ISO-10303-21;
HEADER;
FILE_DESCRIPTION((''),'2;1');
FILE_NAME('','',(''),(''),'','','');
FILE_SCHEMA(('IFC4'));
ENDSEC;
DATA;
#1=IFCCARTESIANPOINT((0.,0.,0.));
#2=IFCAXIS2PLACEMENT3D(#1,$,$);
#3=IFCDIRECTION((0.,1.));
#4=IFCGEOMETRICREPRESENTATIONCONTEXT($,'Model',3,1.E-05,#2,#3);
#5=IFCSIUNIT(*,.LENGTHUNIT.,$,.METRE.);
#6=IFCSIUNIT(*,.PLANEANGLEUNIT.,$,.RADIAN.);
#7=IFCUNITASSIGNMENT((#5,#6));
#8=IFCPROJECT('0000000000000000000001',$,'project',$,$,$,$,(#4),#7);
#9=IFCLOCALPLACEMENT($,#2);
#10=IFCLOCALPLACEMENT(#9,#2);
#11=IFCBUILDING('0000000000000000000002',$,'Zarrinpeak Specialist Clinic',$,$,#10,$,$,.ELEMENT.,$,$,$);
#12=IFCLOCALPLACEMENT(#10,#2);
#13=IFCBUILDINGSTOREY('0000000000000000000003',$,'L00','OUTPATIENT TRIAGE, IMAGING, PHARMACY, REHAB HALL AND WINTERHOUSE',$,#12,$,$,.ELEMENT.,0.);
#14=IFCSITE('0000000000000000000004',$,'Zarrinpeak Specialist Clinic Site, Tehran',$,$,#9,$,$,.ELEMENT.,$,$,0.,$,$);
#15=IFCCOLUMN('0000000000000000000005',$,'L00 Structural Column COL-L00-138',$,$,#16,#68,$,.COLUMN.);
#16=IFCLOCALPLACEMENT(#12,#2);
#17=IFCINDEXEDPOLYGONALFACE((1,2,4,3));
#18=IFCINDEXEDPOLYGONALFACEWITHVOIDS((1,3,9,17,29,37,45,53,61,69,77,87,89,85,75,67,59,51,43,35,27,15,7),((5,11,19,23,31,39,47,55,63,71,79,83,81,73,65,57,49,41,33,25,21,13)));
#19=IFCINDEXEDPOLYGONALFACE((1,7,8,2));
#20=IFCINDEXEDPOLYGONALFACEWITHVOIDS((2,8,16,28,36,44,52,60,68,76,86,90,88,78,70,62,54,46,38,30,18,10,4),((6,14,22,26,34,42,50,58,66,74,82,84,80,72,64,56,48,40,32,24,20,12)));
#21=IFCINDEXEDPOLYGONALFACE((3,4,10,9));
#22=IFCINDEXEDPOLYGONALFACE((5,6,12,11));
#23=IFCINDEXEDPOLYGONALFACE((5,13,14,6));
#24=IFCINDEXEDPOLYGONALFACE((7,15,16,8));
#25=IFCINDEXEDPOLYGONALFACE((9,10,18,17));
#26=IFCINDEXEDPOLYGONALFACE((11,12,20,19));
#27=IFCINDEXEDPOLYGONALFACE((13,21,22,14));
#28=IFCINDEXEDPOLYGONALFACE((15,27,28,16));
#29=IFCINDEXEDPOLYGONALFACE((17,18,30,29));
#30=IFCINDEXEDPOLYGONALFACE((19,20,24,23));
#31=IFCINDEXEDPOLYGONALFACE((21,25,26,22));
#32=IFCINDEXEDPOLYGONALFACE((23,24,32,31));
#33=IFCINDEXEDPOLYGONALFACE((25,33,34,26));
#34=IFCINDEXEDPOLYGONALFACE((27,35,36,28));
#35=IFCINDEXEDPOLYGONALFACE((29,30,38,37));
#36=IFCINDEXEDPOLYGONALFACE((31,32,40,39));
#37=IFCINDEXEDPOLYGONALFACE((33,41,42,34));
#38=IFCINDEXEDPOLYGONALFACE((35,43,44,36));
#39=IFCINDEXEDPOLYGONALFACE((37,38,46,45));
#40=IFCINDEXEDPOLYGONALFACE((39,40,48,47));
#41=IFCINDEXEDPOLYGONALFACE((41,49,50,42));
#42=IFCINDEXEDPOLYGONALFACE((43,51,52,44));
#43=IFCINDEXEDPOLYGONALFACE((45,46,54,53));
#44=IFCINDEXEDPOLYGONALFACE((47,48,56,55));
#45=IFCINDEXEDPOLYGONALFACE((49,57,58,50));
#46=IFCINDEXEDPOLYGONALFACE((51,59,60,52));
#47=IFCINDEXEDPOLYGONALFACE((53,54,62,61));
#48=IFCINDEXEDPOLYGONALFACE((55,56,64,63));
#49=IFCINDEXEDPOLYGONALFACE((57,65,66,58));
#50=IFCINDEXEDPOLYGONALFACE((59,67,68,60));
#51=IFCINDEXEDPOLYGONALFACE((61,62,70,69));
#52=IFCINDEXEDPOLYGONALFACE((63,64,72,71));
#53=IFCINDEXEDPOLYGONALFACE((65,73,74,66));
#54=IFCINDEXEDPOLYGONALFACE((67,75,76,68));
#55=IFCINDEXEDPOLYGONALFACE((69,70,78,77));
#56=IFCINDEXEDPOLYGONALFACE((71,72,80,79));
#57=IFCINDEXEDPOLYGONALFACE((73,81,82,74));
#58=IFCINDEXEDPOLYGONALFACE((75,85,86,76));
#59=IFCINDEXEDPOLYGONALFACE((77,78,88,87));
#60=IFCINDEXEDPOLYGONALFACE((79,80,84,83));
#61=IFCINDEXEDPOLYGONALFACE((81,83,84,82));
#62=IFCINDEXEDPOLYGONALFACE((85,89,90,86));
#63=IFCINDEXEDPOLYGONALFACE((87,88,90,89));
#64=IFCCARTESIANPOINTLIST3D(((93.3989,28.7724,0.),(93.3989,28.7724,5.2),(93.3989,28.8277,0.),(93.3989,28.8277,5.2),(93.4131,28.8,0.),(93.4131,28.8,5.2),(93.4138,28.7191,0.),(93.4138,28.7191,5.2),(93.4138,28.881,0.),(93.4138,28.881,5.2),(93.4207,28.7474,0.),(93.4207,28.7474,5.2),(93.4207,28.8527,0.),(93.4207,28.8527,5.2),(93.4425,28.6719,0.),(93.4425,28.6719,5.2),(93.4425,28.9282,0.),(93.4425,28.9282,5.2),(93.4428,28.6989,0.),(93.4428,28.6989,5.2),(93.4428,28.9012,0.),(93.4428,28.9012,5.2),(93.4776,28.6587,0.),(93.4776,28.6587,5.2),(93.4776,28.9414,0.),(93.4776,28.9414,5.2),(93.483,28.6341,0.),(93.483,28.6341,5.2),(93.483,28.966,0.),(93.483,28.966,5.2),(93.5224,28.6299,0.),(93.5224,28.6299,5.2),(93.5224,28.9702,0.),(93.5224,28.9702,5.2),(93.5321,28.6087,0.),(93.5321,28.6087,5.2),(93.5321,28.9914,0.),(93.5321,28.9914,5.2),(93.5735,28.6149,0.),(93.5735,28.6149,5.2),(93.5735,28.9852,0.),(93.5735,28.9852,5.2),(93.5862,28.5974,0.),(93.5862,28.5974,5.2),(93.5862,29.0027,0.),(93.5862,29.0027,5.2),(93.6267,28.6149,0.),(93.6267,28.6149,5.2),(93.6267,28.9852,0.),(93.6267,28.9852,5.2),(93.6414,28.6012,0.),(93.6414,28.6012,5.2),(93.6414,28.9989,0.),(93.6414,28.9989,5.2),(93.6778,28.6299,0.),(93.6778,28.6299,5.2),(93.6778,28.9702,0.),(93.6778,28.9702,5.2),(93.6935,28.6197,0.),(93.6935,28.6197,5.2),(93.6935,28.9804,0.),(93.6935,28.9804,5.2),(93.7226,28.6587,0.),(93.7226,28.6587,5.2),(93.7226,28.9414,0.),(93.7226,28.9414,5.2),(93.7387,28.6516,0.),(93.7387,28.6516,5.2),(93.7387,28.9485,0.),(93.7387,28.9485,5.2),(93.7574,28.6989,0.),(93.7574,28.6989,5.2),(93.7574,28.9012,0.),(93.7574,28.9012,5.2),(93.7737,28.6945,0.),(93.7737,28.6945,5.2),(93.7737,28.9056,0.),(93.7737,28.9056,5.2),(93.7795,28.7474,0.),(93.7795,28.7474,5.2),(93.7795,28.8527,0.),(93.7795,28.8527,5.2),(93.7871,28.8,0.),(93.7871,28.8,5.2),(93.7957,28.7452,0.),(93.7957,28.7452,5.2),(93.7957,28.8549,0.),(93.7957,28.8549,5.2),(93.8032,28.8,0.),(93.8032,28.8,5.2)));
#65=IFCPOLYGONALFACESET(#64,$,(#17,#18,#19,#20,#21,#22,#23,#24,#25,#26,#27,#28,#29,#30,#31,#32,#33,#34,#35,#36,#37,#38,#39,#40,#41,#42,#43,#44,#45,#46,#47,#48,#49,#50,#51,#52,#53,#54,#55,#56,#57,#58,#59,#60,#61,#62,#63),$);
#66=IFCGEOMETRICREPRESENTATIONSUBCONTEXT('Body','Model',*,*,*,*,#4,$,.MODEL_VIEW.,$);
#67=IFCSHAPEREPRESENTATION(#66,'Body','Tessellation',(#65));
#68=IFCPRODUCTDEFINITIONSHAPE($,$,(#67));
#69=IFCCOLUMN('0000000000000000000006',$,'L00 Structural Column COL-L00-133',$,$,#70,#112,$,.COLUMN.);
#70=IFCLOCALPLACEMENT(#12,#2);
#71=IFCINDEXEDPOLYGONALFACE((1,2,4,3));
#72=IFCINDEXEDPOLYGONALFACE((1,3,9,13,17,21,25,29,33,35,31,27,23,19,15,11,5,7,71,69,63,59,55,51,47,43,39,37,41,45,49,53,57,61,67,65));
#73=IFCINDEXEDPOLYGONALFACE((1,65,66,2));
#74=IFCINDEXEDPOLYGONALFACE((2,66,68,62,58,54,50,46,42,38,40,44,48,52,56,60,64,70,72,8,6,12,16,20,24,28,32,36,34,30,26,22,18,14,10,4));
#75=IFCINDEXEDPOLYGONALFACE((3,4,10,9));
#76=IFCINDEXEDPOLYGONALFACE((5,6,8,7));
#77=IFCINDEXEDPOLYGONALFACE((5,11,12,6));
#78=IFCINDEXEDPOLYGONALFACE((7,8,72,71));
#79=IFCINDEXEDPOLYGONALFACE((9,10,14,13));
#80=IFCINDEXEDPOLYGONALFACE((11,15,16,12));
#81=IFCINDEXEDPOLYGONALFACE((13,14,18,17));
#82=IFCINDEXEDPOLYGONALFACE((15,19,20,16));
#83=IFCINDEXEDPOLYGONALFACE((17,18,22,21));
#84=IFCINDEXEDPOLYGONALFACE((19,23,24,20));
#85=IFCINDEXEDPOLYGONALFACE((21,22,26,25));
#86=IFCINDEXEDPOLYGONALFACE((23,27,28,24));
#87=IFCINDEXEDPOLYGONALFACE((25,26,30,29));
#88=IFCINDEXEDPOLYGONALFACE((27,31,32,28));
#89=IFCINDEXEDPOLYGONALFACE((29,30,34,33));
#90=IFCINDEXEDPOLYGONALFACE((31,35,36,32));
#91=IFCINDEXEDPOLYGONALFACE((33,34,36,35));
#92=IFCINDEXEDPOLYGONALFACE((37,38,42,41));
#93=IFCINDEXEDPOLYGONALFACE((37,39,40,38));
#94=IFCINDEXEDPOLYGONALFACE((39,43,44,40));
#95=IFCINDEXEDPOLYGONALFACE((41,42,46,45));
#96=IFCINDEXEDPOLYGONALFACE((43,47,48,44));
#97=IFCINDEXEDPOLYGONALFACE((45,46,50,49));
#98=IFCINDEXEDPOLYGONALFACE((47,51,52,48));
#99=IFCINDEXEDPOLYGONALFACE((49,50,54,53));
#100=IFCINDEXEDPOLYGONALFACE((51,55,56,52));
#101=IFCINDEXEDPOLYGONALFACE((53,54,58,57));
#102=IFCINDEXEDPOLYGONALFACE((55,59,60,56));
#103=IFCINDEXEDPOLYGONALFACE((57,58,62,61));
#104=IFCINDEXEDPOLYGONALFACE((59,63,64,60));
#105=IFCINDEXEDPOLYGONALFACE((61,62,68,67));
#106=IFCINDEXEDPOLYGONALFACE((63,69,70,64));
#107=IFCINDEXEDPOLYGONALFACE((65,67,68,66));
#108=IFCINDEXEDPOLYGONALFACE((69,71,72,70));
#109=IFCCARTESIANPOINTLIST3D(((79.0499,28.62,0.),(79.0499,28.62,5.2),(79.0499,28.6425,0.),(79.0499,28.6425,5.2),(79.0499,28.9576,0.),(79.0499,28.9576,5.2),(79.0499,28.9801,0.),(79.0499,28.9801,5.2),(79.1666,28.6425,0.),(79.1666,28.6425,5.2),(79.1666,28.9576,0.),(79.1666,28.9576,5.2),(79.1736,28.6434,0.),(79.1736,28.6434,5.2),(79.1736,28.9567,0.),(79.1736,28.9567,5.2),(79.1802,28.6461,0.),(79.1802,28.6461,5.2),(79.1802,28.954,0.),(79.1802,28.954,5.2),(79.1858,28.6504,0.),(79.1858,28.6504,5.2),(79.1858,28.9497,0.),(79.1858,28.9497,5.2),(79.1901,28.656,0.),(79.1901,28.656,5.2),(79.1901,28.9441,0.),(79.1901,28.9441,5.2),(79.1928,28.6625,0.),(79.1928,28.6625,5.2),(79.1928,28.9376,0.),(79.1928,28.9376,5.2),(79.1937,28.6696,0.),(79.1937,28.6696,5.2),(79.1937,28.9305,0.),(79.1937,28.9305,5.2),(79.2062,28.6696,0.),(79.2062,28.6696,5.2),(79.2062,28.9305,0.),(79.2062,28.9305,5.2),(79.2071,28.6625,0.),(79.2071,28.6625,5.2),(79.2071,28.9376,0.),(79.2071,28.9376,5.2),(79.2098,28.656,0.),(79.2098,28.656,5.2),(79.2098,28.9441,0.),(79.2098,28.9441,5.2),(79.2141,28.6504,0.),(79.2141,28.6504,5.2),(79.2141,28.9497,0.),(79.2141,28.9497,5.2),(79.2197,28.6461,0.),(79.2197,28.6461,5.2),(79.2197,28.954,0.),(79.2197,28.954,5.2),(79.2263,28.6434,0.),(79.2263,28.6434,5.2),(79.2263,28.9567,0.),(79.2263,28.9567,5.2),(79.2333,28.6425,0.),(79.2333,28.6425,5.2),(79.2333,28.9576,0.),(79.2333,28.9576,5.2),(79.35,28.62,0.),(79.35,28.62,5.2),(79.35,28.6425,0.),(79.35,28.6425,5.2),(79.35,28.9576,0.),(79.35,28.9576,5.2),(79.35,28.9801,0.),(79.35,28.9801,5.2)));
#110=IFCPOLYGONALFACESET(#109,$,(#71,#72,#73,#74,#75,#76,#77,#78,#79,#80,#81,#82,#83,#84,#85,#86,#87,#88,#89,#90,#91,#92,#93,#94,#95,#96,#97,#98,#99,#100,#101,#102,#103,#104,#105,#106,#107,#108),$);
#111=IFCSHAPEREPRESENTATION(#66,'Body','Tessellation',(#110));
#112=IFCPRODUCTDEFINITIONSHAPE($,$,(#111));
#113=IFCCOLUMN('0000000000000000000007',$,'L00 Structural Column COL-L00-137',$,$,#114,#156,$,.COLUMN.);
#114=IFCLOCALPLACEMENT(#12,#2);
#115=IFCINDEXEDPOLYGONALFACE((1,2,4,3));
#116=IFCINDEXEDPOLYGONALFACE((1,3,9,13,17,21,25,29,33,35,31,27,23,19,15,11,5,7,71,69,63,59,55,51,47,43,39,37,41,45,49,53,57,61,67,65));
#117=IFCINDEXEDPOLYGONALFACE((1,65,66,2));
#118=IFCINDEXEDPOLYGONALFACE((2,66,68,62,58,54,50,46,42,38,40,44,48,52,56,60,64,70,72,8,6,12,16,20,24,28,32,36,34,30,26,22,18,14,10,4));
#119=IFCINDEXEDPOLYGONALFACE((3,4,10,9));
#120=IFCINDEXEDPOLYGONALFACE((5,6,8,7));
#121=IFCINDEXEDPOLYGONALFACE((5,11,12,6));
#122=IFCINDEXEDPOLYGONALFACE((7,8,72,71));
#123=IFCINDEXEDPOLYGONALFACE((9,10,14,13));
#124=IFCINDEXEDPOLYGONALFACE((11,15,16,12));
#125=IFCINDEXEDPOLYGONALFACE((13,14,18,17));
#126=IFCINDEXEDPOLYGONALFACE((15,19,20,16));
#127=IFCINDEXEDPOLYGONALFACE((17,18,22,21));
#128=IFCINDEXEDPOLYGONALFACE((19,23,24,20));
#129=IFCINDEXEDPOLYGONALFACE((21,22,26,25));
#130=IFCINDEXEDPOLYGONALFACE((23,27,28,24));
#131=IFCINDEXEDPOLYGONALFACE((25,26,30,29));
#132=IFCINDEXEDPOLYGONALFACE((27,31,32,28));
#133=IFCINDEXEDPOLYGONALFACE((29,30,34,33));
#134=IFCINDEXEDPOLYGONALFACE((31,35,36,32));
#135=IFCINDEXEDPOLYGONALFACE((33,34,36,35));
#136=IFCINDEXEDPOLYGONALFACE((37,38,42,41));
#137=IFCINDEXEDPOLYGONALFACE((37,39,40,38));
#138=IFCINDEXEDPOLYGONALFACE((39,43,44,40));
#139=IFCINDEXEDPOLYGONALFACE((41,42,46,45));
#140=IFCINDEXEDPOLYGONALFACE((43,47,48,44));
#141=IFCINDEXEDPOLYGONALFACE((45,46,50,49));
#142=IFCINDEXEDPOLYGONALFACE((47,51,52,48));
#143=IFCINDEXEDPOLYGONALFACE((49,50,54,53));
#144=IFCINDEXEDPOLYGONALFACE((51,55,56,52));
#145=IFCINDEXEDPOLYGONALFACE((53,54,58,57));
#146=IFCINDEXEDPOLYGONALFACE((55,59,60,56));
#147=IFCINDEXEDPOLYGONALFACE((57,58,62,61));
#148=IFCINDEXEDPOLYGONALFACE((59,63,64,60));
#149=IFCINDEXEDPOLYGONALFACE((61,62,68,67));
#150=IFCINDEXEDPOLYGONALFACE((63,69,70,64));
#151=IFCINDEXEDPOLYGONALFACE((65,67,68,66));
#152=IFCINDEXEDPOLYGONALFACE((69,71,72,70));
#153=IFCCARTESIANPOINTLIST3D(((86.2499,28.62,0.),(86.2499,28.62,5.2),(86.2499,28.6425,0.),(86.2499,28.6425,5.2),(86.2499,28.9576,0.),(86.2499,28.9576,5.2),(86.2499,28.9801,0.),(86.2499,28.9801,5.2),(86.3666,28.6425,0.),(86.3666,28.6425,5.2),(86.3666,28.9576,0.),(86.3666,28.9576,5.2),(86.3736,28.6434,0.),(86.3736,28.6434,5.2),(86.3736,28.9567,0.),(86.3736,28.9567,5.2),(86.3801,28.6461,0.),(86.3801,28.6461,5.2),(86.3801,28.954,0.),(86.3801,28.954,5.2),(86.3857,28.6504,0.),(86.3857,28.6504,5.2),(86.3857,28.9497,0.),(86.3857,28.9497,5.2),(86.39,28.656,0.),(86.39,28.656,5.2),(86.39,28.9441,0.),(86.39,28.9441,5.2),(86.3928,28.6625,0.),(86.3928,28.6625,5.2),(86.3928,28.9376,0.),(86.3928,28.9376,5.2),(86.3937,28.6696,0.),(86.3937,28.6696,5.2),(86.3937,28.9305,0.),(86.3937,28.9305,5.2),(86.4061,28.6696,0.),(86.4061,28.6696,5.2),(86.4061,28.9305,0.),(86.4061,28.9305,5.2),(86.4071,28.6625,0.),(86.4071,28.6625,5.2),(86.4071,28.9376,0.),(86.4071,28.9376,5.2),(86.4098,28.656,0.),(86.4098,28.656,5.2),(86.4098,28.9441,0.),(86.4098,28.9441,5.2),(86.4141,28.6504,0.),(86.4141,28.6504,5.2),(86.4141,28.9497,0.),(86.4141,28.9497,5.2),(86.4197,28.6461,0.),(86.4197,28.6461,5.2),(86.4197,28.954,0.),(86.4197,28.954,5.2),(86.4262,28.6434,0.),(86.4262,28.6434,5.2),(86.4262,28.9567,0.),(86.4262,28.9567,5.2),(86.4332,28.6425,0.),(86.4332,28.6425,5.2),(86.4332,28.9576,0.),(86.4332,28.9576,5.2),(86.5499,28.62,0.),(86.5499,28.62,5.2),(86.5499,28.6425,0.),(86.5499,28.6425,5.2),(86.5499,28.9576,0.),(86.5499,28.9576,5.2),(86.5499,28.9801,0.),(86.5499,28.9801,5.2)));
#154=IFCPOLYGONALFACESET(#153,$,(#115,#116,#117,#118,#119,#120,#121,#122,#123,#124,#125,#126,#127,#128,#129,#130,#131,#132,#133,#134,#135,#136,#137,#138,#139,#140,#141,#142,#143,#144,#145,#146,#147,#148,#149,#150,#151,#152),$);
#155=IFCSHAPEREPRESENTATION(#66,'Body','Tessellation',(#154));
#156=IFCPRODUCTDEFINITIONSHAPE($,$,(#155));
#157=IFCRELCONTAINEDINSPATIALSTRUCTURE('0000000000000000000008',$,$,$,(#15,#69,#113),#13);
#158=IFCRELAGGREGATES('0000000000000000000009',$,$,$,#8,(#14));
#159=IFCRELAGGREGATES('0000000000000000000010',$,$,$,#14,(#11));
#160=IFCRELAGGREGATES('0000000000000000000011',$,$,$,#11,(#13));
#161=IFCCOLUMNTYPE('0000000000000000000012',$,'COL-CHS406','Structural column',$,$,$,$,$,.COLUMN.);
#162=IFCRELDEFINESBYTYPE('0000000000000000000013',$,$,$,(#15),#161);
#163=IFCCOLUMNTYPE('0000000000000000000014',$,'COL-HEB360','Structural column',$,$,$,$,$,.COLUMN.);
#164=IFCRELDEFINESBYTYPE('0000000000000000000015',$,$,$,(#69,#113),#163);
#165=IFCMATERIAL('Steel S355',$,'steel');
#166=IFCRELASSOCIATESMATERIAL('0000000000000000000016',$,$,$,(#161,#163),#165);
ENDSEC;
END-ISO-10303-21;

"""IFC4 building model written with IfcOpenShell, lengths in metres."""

from ifc_helpers import new_model, si_unit, direction, frame, origin, origin_2d, place, context, subcontext, project, spatial, hollow_circle, i_section, extrude, material, material_profile, profile_set, type_object, element, save


model = new_model("IFC4")

# Units and contexts
model_context = context("Model", 3, precision=1e-05, world=origin(), true_north=direction((0.0, 1.0)))
body_context = subcontext(model_context, "Body", "Model", "MODEL_VIEW")
ifc_project = project(units=[si_unit("LENGTHUNIT", "METRE"), si_unit("PLANEANGLEUNIT", "RADIAN")], contexts=[model_context])

# Site, building, storey
site_placement = place(None, origin())
site = spatial("IfcSite", under=ifc_project, at=site_placement, Name="Zarrinpeak Specialist Clinic Site, Tehran", CompositionType="ELEMENT", RefElevation=0.0)
building_placement = place(site_placement, origin())
building = spatial("IfcBuilding", under=site, at=building_placement, Name="Zarrinpeak Specialist Clinic", CompositionType="ELEMENT")
storey_placement = place(building_placement, origin())
storey = spatial("IfcBuildingStorey", under=building, at=storey_placement, Name="L00", Description="OUTPATIENT TRIAGE, IMAGING, PHARMACY, REHAB HALL AND WINTERHOUSE", CompositionType="ELEMENT", Elevation=0.0)

# Columns
ifc_material_1 = material(Name="Steel S355", Category="steel")
ifc_material_profile_1 = material_profile(ifc_material_1, hollow_circle(Radius=0.2031, WallThickness=0.0161, at=origin_2d()), Name="CHS 406.4x16.0")
ifc_profile_set_1 = profile_set([ifc_material_profile_1], Name="Steel S355")
column_type_1 = type_object("IfcColumnType", Name="COL-CHS406", Description="Structural column", PredefinedType="COLUMN", material=ifc_profile_set_1)
column_placement = place(storey_placement, frame((93.6001, 28.8, 0.0), z_axis=(0.0, 0.0, 1.0), x_axis=(1.0, 0.0, 0.0)))
element("IfcColumn", 1, at=column_placement, inside=storey, type_object=column_type_1, Name="L00 Structural Column COL-L00-138", PredefinedType="COLUMN", context=body_context, shape_type="SweptSolid", body=[
    extrude(hollow_circle(Radius=0.2031, WallThickness=0.0161, at=origin_2d()), origin(), (0.0, 0.0, 1.0), 5.2),
])
ifc_material_profile_2 = material_profile(ifc_material_1, i_section(OverallWidth=0.3, OverallDepth=0.3601, WebThickness=0.0125, FlangeThickness=0.0225, FilletRadius=0.0271, at=origin_2d()), Name="HEB 360")
ifc_profile_set_2 = profile_set([ifc_material_profile_2], Name="Steel S355")
column_type_2 = type_object("IfcColumnType", Name="COL-HEB360", Description="Structural column", PredefinedType="COLUMN", material=ifc_profile_set_2)
for number, where, z_axis, x_axis, name in (
    (2, (79.2, 28.8, 0.0), (0.0, 0.0, 1.0), (1.0, 0.0, 0.0), "L00 Structural Column COL-L00-133"),
    (3, (86.3999, 28.8, 0.0), (0.0, 0.0, 1.0), (1.0, 0.0, 0.0), "L00 Structural Column COL-L00-137"),
):
    element("IfcColumn", number, at=place(storey_placement, frame(where, z_axis=z_axis, x_axis=x_axis)), inside=storey, type_object=column_type_2, Name=name, PredefinedType="COLUMN", context=body_context, shape_type="SweptSolid", body=[
        extrude(i_section(OverallWidth=0.3, OverallDepth=0.3601, WebThickness=0.0125, FlangeThickness=0.0225, FilletRadius=0.0271, at=origin_2d()), origin(), (0.0, 0.0, 1.0), 5.2),
    ])

save(model, "model.ifc")
